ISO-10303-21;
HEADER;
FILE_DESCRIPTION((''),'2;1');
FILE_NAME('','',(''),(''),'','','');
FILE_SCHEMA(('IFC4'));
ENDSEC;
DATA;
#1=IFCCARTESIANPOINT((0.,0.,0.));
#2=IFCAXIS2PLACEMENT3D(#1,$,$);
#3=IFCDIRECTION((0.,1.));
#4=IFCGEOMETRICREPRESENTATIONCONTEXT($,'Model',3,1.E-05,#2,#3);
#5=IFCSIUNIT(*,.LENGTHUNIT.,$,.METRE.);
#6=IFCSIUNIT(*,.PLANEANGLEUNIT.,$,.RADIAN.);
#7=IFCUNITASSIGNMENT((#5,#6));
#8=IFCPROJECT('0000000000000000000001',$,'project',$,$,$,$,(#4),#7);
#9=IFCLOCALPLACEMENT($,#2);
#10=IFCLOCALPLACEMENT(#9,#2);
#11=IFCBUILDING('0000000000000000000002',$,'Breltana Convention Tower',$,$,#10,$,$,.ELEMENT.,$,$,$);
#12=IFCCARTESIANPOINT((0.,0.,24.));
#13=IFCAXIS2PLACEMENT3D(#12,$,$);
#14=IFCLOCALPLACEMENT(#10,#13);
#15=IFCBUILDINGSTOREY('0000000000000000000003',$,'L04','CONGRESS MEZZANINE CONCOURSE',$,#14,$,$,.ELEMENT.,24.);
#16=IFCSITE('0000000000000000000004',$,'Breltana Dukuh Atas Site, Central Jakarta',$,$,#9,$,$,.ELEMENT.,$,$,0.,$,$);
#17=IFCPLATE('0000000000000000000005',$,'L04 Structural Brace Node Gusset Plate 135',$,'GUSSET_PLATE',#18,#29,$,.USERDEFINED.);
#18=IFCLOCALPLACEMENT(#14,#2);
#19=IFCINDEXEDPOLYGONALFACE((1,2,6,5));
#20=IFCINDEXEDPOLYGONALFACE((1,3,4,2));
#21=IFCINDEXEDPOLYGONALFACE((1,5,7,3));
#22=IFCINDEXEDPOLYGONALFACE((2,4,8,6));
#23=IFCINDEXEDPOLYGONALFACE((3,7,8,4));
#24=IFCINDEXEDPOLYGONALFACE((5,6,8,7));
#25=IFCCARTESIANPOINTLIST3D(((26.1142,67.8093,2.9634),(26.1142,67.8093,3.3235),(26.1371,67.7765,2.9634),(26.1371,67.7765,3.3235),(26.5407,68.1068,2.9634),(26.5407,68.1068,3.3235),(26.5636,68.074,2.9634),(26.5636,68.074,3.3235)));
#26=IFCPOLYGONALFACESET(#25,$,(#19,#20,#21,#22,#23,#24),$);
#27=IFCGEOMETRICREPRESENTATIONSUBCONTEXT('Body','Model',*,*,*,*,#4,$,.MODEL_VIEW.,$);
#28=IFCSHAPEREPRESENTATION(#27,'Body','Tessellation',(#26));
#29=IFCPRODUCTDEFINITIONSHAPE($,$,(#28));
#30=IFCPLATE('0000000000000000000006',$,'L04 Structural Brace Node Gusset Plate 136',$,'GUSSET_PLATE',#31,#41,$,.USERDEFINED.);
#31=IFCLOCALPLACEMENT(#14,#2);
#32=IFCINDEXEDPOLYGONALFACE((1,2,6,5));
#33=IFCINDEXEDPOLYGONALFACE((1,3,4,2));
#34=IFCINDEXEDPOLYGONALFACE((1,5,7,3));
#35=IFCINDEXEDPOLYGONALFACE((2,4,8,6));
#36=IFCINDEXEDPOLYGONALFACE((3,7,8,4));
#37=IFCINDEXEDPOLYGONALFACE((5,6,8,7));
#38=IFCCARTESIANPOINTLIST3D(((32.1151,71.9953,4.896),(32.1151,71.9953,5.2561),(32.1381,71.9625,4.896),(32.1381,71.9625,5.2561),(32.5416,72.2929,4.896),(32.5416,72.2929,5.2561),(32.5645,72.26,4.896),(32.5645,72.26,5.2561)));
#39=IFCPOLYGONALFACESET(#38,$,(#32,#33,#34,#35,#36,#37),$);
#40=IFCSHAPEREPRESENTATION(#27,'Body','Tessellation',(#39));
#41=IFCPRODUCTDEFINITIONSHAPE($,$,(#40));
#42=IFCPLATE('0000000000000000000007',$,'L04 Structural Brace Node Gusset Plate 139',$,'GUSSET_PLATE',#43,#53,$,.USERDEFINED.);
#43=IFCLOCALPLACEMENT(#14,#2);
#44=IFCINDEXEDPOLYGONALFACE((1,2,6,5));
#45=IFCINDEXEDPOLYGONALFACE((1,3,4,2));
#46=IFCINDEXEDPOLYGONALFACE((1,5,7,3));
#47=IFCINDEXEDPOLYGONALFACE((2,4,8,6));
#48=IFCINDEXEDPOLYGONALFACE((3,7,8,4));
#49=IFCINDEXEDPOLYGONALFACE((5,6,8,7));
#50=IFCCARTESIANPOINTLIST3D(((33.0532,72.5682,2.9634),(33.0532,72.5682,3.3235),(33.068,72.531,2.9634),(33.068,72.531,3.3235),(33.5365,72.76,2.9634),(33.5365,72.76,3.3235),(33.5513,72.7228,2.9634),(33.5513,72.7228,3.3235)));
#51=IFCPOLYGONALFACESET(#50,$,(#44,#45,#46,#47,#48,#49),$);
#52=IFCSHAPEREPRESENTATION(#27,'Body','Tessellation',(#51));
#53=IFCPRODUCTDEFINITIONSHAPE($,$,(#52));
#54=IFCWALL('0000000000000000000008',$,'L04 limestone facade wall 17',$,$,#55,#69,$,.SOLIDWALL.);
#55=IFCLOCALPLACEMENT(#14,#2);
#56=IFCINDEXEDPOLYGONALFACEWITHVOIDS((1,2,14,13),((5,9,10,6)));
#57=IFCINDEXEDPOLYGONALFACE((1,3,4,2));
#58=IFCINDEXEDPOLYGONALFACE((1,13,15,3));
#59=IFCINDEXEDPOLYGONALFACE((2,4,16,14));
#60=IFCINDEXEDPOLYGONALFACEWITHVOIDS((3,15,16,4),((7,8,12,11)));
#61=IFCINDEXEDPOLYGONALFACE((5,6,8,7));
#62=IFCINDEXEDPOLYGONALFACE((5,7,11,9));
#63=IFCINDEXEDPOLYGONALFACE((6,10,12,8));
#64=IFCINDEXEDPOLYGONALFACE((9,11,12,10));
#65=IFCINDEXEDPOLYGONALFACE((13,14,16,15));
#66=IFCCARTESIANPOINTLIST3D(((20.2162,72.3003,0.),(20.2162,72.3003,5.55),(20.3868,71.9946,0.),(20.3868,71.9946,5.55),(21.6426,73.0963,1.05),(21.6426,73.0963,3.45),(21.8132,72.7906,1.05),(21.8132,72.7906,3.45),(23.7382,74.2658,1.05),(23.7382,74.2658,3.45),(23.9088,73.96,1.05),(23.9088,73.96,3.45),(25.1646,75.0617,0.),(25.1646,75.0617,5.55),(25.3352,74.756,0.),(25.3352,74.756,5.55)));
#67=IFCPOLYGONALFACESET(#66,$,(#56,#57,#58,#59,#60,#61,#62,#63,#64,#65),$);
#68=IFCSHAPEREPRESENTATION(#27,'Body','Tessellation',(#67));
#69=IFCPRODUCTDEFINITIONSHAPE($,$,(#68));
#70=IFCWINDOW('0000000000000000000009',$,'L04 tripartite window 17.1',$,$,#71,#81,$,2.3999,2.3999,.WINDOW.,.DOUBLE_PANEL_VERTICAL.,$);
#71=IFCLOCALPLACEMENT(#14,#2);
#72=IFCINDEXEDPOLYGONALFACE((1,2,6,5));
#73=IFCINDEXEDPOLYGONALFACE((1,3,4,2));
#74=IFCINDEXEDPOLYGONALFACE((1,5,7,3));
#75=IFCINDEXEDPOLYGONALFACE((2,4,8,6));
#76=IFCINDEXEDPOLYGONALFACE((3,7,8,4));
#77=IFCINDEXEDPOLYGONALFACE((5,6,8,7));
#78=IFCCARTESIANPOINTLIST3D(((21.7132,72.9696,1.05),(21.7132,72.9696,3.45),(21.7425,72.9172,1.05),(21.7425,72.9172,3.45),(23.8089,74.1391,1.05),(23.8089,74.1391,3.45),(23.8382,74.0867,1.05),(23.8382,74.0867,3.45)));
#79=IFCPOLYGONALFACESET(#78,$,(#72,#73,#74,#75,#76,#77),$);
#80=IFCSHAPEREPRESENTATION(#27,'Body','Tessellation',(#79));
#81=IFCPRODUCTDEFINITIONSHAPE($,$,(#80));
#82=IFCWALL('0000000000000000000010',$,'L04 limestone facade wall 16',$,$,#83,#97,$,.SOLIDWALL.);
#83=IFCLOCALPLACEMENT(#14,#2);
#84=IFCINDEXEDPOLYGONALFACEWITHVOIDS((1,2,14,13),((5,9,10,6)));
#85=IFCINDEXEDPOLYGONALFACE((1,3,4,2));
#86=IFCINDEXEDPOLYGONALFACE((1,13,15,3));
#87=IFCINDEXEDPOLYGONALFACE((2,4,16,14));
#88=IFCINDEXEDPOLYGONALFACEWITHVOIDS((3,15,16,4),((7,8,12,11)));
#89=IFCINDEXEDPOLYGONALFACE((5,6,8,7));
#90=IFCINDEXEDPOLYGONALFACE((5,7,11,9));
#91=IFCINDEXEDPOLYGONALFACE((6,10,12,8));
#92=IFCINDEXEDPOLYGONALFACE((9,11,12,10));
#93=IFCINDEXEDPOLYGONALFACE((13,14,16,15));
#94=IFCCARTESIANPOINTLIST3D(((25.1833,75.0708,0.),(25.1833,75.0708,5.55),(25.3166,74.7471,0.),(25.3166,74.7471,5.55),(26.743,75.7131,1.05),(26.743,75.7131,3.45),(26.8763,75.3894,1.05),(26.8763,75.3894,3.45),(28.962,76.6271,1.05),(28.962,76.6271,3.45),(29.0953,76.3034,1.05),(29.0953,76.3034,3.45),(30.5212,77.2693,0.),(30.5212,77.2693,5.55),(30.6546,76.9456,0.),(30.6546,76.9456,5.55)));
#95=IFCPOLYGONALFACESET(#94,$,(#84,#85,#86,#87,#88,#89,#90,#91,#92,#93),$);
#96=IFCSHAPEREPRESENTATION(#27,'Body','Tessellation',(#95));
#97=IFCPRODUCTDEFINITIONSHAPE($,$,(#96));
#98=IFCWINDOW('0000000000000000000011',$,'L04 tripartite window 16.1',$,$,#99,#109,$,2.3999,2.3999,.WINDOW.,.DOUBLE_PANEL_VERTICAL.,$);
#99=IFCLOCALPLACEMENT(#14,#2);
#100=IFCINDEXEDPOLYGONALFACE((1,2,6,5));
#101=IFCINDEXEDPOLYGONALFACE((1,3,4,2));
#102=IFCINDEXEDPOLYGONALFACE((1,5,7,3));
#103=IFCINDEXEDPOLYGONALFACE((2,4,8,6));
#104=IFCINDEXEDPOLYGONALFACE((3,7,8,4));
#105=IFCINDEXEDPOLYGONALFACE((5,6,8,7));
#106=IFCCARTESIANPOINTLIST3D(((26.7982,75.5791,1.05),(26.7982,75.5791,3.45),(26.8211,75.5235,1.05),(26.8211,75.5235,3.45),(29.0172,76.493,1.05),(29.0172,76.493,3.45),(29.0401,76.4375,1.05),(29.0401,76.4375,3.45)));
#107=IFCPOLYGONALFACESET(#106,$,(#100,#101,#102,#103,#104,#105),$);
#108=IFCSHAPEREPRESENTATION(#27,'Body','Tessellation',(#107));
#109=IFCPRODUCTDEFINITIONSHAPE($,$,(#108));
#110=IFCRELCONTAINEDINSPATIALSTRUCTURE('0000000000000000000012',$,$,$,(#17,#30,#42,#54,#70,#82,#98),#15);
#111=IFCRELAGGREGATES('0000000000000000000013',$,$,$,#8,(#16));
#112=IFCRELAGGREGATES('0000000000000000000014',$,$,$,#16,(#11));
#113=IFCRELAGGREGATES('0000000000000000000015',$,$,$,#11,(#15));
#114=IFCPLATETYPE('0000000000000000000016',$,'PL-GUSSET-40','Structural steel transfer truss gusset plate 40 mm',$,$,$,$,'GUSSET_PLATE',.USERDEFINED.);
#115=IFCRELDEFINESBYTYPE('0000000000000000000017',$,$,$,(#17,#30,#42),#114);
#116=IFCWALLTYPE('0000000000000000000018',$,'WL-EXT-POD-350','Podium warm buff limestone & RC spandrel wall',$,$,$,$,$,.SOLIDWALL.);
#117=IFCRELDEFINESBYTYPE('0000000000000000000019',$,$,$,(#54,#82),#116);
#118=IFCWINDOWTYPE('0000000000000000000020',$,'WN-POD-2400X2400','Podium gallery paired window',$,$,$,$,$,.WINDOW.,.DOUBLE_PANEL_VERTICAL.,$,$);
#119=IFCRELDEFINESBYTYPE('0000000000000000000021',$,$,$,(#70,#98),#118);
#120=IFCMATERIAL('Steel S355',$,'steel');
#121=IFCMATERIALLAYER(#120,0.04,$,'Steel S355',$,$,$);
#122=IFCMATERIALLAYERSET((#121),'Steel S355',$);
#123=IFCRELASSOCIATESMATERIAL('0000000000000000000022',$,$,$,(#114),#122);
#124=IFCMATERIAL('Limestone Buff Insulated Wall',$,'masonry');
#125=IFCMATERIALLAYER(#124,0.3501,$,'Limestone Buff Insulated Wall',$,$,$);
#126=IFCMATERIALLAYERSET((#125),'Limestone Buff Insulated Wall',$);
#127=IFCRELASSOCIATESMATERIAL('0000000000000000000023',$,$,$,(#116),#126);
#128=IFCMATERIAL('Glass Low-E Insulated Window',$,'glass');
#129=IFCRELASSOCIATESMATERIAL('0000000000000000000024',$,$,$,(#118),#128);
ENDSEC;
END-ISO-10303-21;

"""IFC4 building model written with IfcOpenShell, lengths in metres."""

from ifc_helpers import new_model, si_unit, direction, frame, frame_2d, origin, origin_2d, place, context, subcontext, project, spatial, rectangle, extrude, source, transform, mapped, material, layer, layer_set, type_object, type_shapes, element, fill, save


model = new_model("IFC4")

# Units and contexts
model_context = context("Model", 3, precision=1e-05, world=origin(), true_north=direction((0.0, 1.0)))
body_context = subcontext(model_context, "Body", "Model", "MODEL_VIEW")
ifc_project = project(units=[si_unit("LENGTHUNIT", "METRE"), si_unit("PLANEANGLEUNIT", "RADIAN")], contexts=[model_context])

# Site, building, storey
site_placement = place(None, origin())
site = spatial("IfcSite", under=ifc_project, at=site_placement, Name="Breltana Dukuh Atas Site, Central Jakarta", CompositionType="ELEMENT", RefElevation=0.0)
building_placement = place(site_placement, origin())
building = spatial("IfcBuilding", under=site, at=building_placement, Name="Breltana Convention Tower", CompositionType="ELEMENT")
storey_placement = place(building_placement, frame((0.0, 0.0, 24.0)))
storey = spatial("IfcBuildingStorey", under=building, at=storey_placement, Name="L04", Description="CONGRESS MEZZANINE CONCOURSE", CompositionType="ELEMENT", Elevation=24.0)

# Plates
ifc_material_1 = material(Name="Steel S355", Category="steel")
ifc_layer_1 = layer(ifc_material_1, 0.04, Name="Steel S355")
ifc_layer_set_1 = layer_set([ifc_layer_1], Name="Steel S355")
plate_type = type_object("IfcPlateType", Name="PL-GUSSET-40", Description="Structural steel transfer truss gusset plate 40 mm", ElementType="GUSSET_PLATE", PredefinedType="USERDEFINED", material=ifc_layer_set_1)
shared_shape_1 = source(origin(), body_context, "Body", "SweptSolid", [
    extrude(rectangle(XDim=0.52, YDim=0.04, at=origin_2d()), origin(), (0.0, 0.0, 1.0), 0.3601),
])
for number, where, z_axis, x_axis, name in (
    (1, (26.3389, 67.9417, 2.9634), (0.0, 0.0, 1.0), (0.820152, 0.572146, 0.0), "L04 Structural Brace Node Gusset Plate 135"),
    (2, (32.3398, 72.1277, 4.896), (0.0, 0.0, 1.0), (0.820152, 0.572146, 0.0), "L04 Structural Brace Node Gusset Plate 136"),
    (3, (33.3022, 72.6455, 2.9634), (0.0, 0.0, 1.0), (0.929455, 0.368936, 0.0), "L04 Structural Brace Node Gusset Plate 139"),
):
    element("IfcPlate", number, at=place(storey_placement, frame(where, z_axis=z_axis, x_axis=x_axis)), inside=storey, type_object=plate_type, Name=name, ObjectType="GUSSET_PLATE", PredefinedType="USERDEFINED", context=body_context, shape_type="MappedRepresentation", body=[
        mapped(shared_shape_1, transform((0.0, 0.0, 0.0), scale=1.0)),
    ])

# Walls, openings, windows
ifc_material_2 = material(Name="Limestone Buff Insulated Wall", Category="masonry")
ifc_layer_2 = layer(ifc_material_2, 0.3501, Name="Limestone Buff Insulated Wall")
ifc_layer_set_2 = layer_set([ifc_layer_2], Name="Limestone Buff Insulated Wall")
wall_type = type_object("IfcWallType", Name="WL-EXT-POD-350", Description="Podium warm buff limestone & RC spandrel wall", PredefinedType="SOLIDWALL", material=ifc_layer_set_2)
shared_shape_2 = source(origin(), body_context, "Body", "SweptSolid", [
    extrude(rectangle(XDim=5.6667, YDim=0.3501, at=frame_2d((2.8335, 0.0))), origin(), (0.0, 0.0, 1.0), 5.55),
])
wall_1_placement = place(storey_placement, frame((25.25, 74.9089, 0.0), z_axis=(0.0, 0.0, 1.0), x_axis=(-0.873233, -0.487303, 0.0)))
wall_1 = element("IfcWall", 4, at=wall_1_placement, inside=storey, type_object=wall_type, Name="L04 limestone facade wall 17", PredefinedType="SOLIDWALL", context=body_context, shape_type="MappedRepresentation", body=[
    mapped(shared_shape_2, transform((0.0, 0.0, 0.0), scale=1.0)),
])
opening_1_placement = place(wall_1_placement, frame((1.6335, 0.0, 1.05)))
opening_1 = element("IfcOpeningElement", 5, at=opening_1_placement, cuts=wall_1, PredefinedType="OPENING", context=body_context, shape_type="SweptSolid", body=[
    extrude(rectangle(XDim=2.3999, YDim=2.3999, at=frame_2d((1.2, 1.2))), frame((0.0, 0.1851, 0.0), z_axis=(0.0, -1.0, 0.0), x_axis=(1.0, 0.0, 0.0)), (0.0, 0.0, 1.0), 0.3701),
])
ifc_material_3 = material(Name="Glass Low-E Insulated Window", Category="glass")
window_type = type_object("IfcWindowType", Name="WN-POD-2400X2400", Description="Podium gallery paired window", PartitioningType="DOUBLE_PANEL_VERTICAL", PredefinedType="WINDOW", material=ifc_material_3)
shared_shape_3 = source(origin(), body_context, "Body", "SweptSolid", [
    extrude(rectangle(XDim=2.3999, YDim=2.3999, at=frame_2d((1.2, 1.2))), frame((0.0, 0.03, 0.0), z_axis=(0.0, -1.0, 0.0), x_axis=(1.0, 0.0, 0.0)), (0.0, 0.0, 1.0), 0.0601),
])
type_shapes(window_type, [shared_shape_3])
window_1_placement = place(opening_1_placement, origin())
window_1 = element("IfcWindow", 6, at=window_1_placement, inside=storey, type_object=window_type, Name="L04 tripartite window 17.1", OverallHeight=2.3999, OverallWidth=2.3999, PartitioningType="DOUBLE_PANEL_VERTICAL", PredefinedType="WINDOW", context=body_context, shape_type="MappedRepresentation", body=[
    mapped(shared_shape_3, transform((0.0, 0.0, 0.0), scale=1.0)),
])
fill(opening_1, window_1)
shared_shape_4 = source(origin(), body_context, "Body", "SweptSolid", [
    extrude(rectangle(XDim=5.7729, YDim=0.3501, at=frame_2d((2.8865, 0.0))), origin(), (0.0, 0.0, 1.0), 5.55),
])
wall_2_placement = place(storey_placement, frame((30.5879, 77.1074, 0.0), z_axis=(0.0, 0.0, 1.0), x_axis=(-0.924646, -0.380829, 0.0)))
wall_2 = element("IfcWall", 7, at=wall_2_placement, inside=storey, type_object=wall_type, Name="L04 limestone facade wall 16", PredefinedType="SOLIDWALL", context=body_context, shape_type="MappedRepresentation", body=[
    mapped(shared_shape_4, transform((0.0, 0.0, 0.0), scale=1.0)),
])
opening_2_placement = place(wall_2_placement, frame((1.6863, 0.0, 1.05)))
opening_2 = element("IfcOpeningElement", 8, at=opening_2_placement, cuts=wall_2, PredefinedType="OPENING", context=body_context, shape_type="SweptSolid", body=[
    extrude(rectangle(XDim=2.3999, YDim=2.3999, at=frame_2d((1.2, 1.2))), frame((0.0, 0.1851, 0.0), z_axis=(0.0, -1.0, 0.0), x_axis=(1.0, 0.0, 0.0)), (0.0, 0.0, 1.0), 0.3701),
])
window_2_placement = place(opening_2_placement, origin())
window_2 = element("IfcWindow", 9, at=window_2_placement, inside=storey, type_object=window_type, Name="L04 tripartite window 16.1", OverallHeight=2.3999, OverallWidth=2.3999, PartitioningType="DOUBLE_PANEL_VERTICAL", PredefinedType="WINDOW", context=body_context, shape_type="MappedRepresentation", body=[
    mapped(shared_shape_3, transform((0.0, 0.0, 0.0), scale=1.0)),
])
fill(opening_2, window_2)

save(model, "model.ifc")
